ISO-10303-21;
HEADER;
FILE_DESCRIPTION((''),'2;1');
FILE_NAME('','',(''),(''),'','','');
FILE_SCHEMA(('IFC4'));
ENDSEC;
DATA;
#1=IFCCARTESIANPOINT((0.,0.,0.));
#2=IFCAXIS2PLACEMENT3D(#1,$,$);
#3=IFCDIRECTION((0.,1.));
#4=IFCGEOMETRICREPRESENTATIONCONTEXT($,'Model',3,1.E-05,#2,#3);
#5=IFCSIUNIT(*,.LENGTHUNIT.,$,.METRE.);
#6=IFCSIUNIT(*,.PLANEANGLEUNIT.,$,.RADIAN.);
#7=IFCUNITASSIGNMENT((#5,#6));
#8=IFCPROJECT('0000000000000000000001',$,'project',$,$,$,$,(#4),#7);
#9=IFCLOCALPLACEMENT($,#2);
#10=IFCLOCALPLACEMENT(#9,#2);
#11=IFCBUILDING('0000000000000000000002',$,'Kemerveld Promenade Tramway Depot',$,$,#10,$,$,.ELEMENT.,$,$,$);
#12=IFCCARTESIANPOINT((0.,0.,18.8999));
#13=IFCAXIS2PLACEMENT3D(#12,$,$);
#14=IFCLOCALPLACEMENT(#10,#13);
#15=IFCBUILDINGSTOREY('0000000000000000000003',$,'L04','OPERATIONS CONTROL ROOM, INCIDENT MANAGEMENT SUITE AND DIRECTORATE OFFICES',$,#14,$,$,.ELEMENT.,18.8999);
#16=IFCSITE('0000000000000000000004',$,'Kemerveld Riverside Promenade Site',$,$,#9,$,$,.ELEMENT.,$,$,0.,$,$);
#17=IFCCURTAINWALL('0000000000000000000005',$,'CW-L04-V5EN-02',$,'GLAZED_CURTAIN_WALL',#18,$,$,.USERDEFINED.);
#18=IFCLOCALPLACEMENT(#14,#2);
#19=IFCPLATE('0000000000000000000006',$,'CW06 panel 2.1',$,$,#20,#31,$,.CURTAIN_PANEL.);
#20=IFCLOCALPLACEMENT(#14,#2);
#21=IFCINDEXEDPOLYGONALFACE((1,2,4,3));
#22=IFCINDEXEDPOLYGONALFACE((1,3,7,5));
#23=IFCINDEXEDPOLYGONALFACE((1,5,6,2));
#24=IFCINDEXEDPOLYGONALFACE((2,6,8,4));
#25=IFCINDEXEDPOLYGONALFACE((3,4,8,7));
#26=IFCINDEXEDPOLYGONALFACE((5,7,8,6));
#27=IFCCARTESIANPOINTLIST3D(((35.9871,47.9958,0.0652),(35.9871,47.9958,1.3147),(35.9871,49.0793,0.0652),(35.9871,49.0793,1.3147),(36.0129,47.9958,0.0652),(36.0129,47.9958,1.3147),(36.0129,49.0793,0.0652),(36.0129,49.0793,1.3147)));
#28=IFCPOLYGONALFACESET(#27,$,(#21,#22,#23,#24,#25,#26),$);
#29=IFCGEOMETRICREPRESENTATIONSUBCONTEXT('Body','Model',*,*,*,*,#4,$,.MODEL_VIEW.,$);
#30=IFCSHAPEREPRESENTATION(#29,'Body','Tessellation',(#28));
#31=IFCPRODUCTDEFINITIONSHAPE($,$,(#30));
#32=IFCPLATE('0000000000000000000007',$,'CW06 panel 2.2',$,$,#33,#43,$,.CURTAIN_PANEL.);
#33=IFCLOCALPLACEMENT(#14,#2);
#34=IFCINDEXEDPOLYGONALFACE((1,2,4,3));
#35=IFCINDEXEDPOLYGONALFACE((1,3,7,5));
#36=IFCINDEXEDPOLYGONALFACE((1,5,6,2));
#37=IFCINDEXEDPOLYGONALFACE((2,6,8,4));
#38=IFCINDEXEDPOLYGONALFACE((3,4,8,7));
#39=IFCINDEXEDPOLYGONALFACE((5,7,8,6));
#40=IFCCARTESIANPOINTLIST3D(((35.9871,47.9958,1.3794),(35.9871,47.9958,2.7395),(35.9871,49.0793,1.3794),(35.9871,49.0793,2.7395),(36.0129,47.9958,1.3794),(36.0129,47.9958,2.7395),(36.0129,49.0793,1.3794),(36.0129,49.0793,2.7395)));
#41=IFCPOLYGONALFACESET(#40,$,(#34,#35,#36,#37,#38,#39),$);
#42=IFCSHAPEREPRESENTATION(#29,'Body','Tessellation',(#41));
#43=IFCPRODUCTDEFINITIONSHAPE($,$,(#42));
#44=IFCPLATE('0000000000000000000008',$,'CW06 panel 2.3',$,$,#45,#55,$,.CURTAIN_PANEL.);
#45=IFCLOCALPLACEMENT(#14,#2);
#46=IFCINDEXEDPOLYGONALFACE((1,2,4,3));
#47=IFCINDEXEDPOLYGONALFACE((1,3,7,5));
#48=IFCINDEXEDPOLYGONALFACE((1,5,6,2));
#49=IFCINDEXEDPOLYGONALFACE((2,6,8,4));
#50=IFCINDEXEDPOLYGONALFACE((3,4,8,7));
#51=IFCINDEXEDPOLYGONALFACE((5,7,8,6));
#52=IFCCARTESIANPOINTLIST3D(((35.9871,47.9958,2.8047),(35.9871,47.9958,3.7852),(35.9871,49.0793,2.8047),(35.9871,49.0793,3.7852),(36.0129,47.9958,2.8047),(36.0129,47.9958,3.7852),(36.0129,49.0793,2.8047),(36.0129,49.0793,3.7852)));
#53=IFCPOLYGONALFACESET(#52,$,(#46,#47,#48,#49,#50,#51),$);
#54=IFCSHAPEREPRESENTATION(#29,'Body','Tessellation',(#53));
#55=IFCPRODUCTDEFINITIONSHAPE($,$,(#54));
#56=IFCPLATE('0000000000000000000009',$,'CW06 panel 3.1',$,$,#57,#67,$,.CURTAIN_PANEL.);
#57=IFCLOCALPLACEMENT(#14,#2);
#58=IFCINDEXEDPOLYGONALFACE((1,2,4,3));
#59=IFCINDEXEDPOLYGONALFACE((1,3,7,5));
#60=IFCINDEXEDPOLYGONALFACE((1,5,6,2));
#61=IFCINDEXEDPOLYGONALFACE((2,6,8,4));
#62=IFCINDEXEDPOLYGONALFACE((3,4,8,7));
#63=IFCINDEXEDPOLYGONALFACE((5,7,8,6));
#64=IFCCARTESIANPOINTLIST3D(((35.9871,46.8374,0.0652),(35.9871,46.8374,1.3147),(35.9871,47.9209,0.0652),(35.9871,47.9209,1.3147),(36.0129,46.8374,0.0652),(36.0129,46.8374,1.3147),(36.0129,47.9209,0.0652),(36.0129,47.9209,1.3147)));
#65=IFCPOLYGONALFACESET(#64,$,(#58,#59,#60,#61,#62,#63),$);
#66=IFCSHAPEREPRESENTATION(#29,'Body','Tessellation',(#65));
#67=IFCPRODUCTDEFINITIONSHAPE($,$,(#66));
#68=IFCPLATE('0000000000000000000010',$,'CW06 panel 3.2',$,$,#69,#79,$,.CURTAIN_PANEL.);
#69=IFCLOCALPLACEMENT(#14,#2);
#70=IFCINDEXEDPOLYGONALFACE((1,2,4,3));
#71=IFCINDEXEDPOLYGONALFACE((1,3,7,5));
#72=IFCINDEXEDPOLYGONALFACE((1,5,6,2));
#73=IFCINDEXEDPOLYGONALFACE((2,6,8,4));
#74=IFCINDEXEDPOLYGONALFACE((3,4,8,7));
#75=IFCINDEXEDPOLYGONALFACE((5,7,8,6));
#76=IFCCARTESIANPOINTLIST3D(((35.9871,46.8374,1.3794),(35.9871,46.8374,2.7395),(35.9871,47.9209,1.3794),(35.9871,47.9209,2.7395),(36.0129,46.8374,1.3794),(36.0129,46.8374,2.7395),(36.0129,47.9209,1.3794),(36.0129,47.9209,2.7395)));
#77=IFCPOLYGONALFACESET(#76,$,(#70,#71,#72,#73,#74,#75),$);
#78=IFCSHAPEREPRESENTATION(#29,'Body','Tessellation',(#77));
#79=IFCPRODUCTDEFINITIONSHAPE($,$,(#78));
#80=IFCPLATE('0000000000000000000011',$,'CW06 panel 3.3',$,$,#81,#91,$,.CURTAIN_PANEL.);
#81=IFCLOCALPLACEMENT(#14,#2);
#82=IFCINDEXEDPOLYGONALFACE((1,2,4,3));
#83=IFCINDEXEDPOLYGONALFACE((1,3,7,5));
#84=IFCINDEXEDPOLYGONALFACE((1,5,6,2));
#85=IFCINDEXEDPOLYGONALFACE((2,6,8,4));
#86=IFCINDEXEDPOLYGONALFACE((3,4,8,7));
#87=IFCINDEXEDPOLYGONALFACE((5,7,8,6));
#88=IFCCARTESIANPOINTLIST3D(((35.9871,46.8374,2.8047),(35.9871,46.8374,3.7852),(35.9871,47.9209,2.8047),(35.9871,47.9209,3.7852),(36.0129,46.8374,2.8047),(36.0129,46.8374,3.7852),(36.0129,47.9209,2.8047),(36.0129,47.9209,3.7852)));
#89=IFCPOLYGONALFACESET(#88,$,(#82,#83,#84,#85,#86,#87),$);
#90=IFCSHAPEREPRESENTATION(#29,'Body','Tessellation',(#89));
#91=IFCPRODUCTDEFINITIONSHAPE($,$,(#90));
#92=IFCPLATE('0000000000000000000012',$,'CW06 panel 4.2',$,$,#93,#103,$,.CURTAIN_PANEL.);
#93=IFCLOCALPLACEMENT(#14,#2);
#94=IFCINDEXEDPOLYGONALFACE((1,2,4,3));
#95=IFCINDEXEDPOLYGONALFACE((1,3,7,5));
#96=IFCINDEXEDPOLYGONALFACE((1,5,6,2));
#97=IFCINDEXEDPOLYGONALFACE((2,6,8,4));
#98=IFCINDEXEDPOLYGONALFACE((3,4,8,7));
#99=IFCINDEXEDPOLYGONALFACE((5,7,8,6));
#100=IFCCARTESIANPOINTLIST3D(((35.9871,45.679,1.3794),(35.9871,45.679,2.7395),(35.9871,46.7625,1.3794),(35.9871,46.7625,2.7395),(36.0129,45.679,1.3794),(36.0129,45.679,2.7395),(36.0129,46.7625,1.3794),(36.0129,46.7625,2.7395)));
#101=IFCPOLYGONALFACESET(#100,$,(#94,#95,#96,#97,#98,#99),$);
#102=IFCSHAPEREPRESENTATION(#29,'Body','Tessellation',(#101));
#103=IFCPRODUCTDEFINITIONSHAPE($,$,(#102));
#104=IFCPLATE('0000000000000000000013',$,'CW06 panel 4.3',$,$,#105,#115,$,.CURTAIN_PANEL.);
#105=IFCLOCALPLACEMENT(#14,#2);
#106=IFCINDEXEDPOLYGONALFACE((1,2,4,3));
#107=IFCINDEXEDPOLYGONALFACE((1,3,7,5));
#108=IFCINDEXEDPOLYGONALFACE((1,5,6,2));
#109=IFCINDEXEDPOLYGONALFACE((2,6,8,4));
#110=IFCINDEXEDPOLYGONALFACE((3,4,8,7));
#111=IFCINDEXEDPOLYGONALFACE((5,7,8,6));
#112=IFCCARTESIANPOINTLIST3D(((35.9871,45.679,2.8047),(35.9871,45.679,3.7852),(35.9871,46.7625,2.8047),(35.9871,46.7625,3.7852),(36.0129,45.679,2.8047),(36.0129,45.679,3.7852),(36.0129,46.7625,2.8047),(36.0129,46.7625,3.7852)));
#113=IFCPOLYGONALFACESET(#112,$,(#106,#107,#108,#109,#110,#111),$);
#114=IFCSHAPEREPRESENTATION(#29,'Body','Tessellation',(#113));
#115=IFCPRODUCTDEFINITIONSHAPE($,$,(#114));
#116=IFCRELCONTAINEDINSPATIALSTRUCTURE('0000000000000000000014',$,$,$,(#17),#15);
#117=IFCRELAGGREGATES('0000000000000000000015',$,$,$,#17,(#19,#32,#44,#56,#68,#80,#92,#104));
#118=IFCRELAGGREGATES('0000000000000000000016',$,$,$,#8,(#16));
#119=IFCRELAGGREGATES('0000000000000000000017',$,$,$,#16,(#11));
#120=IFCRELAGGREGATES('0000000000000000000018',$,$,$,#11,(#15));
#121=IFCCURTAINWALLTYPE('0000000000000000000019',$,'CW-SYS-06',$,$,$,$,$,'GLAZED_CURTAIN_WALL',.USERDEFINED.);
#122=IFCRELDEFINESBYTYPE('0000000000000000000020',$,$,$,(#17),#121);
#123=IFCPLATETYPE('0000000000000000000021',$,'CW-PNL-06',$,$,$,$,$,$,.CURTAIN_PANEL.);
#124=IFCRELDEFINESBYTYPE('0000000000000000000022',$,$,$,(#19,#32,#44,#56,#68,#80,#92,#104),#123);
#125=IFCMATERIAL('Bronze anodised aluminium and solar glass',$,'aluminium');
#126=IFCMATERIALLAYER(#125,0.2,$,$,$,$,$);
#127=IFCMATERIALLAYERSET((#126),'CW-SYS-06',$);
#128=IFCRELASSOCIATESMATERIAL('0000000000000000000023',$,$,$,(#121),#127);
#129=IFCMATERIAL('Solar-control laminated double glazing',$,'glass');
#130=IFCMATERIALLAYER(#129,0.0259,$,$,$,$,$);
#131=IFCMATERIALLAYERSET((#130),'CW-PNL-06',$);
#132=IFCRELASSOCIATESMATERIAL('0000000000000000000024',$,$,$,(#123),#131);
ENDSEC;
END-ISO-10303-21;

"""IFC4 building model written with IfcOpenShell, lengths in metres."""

from ifc_helpers import new_model, si_unit, direction, frame, origin, origin_2d, place, context, subcontext, project, spatial, rectangle, extrude, material, layer, layer_set, type_object, element, aggregate, save


model = new_model("IFC4")

# Units and contexts
model_context = context("Model", 3, precision=1e-05, world=origin(), true_north=direction((0.0, 1.0)))
body_context = subcontext(model_context, "Body", "Model", "MODEL_VIEW")
ifc_project = project(units=[si_unit("LENGTHUNIT", "METRE"), si_unit("PLANEANGLEUNIT", "RADIAN")], contexts=[model_context])

# Site, building, storey
site_placement = place(None, origin())
site = spatial("IfcSite", under=ifc_project, at=site_placement, Name="Kemerveld Riverside Promenade Site", CompositionType="ELEMENT", RefElevation=0.0)
building_placement = place(site_placement, origin())
building = spatial("IfcBuilding", under=site, at=building_placement, Name="Kemerveld Promenade Tramway Depot", CompositionType="ELEMENT")
storey_placement = place(building_placement, frame((0.0, 0.0, 18.8999)))
storey = spatial("IfcBuildingStorey", under=building, at=storey_placement, Name="L04", Description="OPERATIONS CONTROL ROOM, INCIDENT MANAGEMENT SUITE AND DIRECTORATE OFFICES", CompositionType="ELEMENT", Elevation=18.8999)

# Shared definitions
ifc_material_1 = material(Name="Bronze anodised aluminium and solar glass", Category="aluminium")

# Curtain wall
ifc_layer_1 = layer(ifc_material_1, 0.2)
ifc_layer_set_1 = layer_set([ifc_layer_1], Name="CW-SYS-06")
curtain_wall_type_1 = type_object("IfcCurtainWallType", Name="CW-SYS-06", ElementType="GLAZED_CURTAIN_WALL", PredefinedType="USERDEFINED", material=ifc_layer_set_1)
curtain_wall_1_placement = place(storey_placement, origin())
curtain_wall_1 = element("IfcCurtainWall", 1, at=curtain_wall_1_placement, inside=storey, type_object=curtain_wall_type_1, Name="CW-L04-V5EN-02", ObjectType="GLAZED_CURTAIN_WALL", PredefinedType="USERDEFINED")

# Plates
ifc_material_2 = material(Name="Solar-control laminated double glazing", Category="glass")
ifc_layer_2 = layer(ifc_material_2, 0.0259)
ifc_layer_set_2 = layer_set([ifc_layer_2], Name="CW-PNL-06")
plate_type_1 = type_object("IfcPlateType", Name="CW-PNL-06", PredefinedType="CURTAIN_PANEL", material=ifc_layer_set_2)
plate_1_placement = place(storey_placement, frame((36.0, 48.5376, 0.0652), z_axis=(0.0, 0.0, 1.0), x_axis=(0.0, -1.0, 0.0)))
plate_1 = element("IfcPlate", 2, at=plate_1_placement, type_object=plate_type_1, Name="CW06 panel 2.1", PredefinedType="CURTAIN_PANEL", context=body_context, shape_type="SweptSolid", body=[
    extrude(rectangle(XDim=1.0835, YDim=0.0259, at=origin_2d()), origin(), (0.0, 0.0, 1.0), 1.2495),
])
plate_2_placement = place(storey_placement, frame((36.0, 48.5376, 1.3794), z_axis=(0.0, 0.0, 1.0), x_axis=(0.0, -1.0, 0.0)))
plate_2 = element("IfcPlate", 3, at=plate_2_placement, type_object=plate_type_1, Name="CW06 panel 2.2", PredefinedType="CURTAIN_PANEL", context=body_context, shape_type="SweptSolid", body=[
    extrude(rectangle(XDim=1.0835, YDim=0.0259, at=origin_2d()), origin(), (0.0, 0.0, 1.0), 1.3601),
])
plate_3_placement = place(storey_placement, frame((36.0, 48.5376, 2.8047), z_axis=(0.0, 0.0, 1.0), x_axis=(0.0, -1.0, 0.0)))
plate_3 = element("IfcPlate", 4, at=plate_3_placement, type_object=plate_type_1, Name="CW06 panel 2.3", PredefinedType="CURTAIN_PANEL", context=body_context, shape_type="SweptSolid", body=[
    extrude(rectangle(XDim=1.0835, YDim=0.0259, at=origin_2d()), origin(), (0.0, 0.0, 1.0), 0.9805),
])
plate_4_placement = place(storey_placement, frame((36.0, 47.3792, 0.0652), z_axis=(0.0, 0.0, 1.0), x_axis=(0.0, -1.0, 0.0)))
plate_4 = element("IfcPlate", 5, at=plate_4_placement, type_object=plate_type_1, Name="CW06 panel 3.1", PredefinedType="CURTAIN_PANEL", context=body_context, shape_type="SweptSolid", body=[
    extrude(rectangle(XDim=1.0835, YDim=0.0259, at=origin_2d()), origin(), (0.0, 0.0, 1.0), 1.2495),
])
plate_5_placement = place(storey_placement, frame((36.0, 47.3792, 1.3794), z_axis=(0.0, 0.0, 1.0), x_axis=(0.0, -1.0, 0.0)))
plate_5 = element("IfcPlate", 6, at=plate_5_placement, type_object=plate_type_1, Name="CW06 panel 3.2", PredefinedType="CURTAIN_PANEL", context=body_context, shape_type="SweptSolid", body=[
    extrude(rectangle(XDim=1.0835, YDim=0.0259, at=origin_2d()), origin(), (0.0, 0.0, 1.0), 1.3601),
])
plate_6_placement = place(storey_placement, frame((36.0, 47.3792, 2.8047), z_axis=(0.0, 0.0, 1.0), x_axis=(0.0, -1.0, 0.0)))
plate_6 = element("IfcPlate", 7, at=plate_6_placement, type_object=plate_type_1, Name="CW06 panel 3.3", PredefinedType="CURTAIN_PANEL", context=body_context, shape_type="SweptSolid", body=[
    extrude(rectangle(XDim=1.0835, YDim=0.0259, at=origin_2d()), origin(), (0.0, 0.0, 1.0), 0.9805),
])
plate_7_placement = place(storey_placement, frame((36.0, 46.2207, 1.3794), z_axis=(0.0, 0.0, 1.0), x_axis=(0.0, -1.0, 0.0)))
plate_7 = element("IfcPlate", 8, at=plate_7_placement, type_object=plate_type_1, Name="CW06 panel 4.2", PredefinedType="CURTAIN_PANEL", context=body_context, shape_type="SweptSolid", body=[
    extrude(rectangle(XDim=1.0835, YDim=0.0259, at=origin_2d()), origin(), (0.0, 0.0, 1.0), 1.3601),
])
plate_8_placement = place(storey_placement, frame((36.0, 46.2207, 2.8047), z_axis=(0.0, 0.0, 1.0), x_axis=(0.0, -1.0, 0.0)))
plate_8 = element("IfcPlate", 9, at=plate_8_placement, type_object=plate_type_1, Name="CW06 panel 4.3", PredefinedType="CURTAIN_PANEL", context=body_context, shape_type="SweptSolid", body=[
    extrude(rectangle(XDim=1.0835, YDim=0.0259, at=origin_2d()), origin(), (0.0, 0.0, 1.0), 0.9805),
])
aggregate(curtain_wall_1, [plate_1, plate_2, plate_3, plate_4, plate_5, plate_6, plate_7, plate_8])

save(model, "model.ifc")
